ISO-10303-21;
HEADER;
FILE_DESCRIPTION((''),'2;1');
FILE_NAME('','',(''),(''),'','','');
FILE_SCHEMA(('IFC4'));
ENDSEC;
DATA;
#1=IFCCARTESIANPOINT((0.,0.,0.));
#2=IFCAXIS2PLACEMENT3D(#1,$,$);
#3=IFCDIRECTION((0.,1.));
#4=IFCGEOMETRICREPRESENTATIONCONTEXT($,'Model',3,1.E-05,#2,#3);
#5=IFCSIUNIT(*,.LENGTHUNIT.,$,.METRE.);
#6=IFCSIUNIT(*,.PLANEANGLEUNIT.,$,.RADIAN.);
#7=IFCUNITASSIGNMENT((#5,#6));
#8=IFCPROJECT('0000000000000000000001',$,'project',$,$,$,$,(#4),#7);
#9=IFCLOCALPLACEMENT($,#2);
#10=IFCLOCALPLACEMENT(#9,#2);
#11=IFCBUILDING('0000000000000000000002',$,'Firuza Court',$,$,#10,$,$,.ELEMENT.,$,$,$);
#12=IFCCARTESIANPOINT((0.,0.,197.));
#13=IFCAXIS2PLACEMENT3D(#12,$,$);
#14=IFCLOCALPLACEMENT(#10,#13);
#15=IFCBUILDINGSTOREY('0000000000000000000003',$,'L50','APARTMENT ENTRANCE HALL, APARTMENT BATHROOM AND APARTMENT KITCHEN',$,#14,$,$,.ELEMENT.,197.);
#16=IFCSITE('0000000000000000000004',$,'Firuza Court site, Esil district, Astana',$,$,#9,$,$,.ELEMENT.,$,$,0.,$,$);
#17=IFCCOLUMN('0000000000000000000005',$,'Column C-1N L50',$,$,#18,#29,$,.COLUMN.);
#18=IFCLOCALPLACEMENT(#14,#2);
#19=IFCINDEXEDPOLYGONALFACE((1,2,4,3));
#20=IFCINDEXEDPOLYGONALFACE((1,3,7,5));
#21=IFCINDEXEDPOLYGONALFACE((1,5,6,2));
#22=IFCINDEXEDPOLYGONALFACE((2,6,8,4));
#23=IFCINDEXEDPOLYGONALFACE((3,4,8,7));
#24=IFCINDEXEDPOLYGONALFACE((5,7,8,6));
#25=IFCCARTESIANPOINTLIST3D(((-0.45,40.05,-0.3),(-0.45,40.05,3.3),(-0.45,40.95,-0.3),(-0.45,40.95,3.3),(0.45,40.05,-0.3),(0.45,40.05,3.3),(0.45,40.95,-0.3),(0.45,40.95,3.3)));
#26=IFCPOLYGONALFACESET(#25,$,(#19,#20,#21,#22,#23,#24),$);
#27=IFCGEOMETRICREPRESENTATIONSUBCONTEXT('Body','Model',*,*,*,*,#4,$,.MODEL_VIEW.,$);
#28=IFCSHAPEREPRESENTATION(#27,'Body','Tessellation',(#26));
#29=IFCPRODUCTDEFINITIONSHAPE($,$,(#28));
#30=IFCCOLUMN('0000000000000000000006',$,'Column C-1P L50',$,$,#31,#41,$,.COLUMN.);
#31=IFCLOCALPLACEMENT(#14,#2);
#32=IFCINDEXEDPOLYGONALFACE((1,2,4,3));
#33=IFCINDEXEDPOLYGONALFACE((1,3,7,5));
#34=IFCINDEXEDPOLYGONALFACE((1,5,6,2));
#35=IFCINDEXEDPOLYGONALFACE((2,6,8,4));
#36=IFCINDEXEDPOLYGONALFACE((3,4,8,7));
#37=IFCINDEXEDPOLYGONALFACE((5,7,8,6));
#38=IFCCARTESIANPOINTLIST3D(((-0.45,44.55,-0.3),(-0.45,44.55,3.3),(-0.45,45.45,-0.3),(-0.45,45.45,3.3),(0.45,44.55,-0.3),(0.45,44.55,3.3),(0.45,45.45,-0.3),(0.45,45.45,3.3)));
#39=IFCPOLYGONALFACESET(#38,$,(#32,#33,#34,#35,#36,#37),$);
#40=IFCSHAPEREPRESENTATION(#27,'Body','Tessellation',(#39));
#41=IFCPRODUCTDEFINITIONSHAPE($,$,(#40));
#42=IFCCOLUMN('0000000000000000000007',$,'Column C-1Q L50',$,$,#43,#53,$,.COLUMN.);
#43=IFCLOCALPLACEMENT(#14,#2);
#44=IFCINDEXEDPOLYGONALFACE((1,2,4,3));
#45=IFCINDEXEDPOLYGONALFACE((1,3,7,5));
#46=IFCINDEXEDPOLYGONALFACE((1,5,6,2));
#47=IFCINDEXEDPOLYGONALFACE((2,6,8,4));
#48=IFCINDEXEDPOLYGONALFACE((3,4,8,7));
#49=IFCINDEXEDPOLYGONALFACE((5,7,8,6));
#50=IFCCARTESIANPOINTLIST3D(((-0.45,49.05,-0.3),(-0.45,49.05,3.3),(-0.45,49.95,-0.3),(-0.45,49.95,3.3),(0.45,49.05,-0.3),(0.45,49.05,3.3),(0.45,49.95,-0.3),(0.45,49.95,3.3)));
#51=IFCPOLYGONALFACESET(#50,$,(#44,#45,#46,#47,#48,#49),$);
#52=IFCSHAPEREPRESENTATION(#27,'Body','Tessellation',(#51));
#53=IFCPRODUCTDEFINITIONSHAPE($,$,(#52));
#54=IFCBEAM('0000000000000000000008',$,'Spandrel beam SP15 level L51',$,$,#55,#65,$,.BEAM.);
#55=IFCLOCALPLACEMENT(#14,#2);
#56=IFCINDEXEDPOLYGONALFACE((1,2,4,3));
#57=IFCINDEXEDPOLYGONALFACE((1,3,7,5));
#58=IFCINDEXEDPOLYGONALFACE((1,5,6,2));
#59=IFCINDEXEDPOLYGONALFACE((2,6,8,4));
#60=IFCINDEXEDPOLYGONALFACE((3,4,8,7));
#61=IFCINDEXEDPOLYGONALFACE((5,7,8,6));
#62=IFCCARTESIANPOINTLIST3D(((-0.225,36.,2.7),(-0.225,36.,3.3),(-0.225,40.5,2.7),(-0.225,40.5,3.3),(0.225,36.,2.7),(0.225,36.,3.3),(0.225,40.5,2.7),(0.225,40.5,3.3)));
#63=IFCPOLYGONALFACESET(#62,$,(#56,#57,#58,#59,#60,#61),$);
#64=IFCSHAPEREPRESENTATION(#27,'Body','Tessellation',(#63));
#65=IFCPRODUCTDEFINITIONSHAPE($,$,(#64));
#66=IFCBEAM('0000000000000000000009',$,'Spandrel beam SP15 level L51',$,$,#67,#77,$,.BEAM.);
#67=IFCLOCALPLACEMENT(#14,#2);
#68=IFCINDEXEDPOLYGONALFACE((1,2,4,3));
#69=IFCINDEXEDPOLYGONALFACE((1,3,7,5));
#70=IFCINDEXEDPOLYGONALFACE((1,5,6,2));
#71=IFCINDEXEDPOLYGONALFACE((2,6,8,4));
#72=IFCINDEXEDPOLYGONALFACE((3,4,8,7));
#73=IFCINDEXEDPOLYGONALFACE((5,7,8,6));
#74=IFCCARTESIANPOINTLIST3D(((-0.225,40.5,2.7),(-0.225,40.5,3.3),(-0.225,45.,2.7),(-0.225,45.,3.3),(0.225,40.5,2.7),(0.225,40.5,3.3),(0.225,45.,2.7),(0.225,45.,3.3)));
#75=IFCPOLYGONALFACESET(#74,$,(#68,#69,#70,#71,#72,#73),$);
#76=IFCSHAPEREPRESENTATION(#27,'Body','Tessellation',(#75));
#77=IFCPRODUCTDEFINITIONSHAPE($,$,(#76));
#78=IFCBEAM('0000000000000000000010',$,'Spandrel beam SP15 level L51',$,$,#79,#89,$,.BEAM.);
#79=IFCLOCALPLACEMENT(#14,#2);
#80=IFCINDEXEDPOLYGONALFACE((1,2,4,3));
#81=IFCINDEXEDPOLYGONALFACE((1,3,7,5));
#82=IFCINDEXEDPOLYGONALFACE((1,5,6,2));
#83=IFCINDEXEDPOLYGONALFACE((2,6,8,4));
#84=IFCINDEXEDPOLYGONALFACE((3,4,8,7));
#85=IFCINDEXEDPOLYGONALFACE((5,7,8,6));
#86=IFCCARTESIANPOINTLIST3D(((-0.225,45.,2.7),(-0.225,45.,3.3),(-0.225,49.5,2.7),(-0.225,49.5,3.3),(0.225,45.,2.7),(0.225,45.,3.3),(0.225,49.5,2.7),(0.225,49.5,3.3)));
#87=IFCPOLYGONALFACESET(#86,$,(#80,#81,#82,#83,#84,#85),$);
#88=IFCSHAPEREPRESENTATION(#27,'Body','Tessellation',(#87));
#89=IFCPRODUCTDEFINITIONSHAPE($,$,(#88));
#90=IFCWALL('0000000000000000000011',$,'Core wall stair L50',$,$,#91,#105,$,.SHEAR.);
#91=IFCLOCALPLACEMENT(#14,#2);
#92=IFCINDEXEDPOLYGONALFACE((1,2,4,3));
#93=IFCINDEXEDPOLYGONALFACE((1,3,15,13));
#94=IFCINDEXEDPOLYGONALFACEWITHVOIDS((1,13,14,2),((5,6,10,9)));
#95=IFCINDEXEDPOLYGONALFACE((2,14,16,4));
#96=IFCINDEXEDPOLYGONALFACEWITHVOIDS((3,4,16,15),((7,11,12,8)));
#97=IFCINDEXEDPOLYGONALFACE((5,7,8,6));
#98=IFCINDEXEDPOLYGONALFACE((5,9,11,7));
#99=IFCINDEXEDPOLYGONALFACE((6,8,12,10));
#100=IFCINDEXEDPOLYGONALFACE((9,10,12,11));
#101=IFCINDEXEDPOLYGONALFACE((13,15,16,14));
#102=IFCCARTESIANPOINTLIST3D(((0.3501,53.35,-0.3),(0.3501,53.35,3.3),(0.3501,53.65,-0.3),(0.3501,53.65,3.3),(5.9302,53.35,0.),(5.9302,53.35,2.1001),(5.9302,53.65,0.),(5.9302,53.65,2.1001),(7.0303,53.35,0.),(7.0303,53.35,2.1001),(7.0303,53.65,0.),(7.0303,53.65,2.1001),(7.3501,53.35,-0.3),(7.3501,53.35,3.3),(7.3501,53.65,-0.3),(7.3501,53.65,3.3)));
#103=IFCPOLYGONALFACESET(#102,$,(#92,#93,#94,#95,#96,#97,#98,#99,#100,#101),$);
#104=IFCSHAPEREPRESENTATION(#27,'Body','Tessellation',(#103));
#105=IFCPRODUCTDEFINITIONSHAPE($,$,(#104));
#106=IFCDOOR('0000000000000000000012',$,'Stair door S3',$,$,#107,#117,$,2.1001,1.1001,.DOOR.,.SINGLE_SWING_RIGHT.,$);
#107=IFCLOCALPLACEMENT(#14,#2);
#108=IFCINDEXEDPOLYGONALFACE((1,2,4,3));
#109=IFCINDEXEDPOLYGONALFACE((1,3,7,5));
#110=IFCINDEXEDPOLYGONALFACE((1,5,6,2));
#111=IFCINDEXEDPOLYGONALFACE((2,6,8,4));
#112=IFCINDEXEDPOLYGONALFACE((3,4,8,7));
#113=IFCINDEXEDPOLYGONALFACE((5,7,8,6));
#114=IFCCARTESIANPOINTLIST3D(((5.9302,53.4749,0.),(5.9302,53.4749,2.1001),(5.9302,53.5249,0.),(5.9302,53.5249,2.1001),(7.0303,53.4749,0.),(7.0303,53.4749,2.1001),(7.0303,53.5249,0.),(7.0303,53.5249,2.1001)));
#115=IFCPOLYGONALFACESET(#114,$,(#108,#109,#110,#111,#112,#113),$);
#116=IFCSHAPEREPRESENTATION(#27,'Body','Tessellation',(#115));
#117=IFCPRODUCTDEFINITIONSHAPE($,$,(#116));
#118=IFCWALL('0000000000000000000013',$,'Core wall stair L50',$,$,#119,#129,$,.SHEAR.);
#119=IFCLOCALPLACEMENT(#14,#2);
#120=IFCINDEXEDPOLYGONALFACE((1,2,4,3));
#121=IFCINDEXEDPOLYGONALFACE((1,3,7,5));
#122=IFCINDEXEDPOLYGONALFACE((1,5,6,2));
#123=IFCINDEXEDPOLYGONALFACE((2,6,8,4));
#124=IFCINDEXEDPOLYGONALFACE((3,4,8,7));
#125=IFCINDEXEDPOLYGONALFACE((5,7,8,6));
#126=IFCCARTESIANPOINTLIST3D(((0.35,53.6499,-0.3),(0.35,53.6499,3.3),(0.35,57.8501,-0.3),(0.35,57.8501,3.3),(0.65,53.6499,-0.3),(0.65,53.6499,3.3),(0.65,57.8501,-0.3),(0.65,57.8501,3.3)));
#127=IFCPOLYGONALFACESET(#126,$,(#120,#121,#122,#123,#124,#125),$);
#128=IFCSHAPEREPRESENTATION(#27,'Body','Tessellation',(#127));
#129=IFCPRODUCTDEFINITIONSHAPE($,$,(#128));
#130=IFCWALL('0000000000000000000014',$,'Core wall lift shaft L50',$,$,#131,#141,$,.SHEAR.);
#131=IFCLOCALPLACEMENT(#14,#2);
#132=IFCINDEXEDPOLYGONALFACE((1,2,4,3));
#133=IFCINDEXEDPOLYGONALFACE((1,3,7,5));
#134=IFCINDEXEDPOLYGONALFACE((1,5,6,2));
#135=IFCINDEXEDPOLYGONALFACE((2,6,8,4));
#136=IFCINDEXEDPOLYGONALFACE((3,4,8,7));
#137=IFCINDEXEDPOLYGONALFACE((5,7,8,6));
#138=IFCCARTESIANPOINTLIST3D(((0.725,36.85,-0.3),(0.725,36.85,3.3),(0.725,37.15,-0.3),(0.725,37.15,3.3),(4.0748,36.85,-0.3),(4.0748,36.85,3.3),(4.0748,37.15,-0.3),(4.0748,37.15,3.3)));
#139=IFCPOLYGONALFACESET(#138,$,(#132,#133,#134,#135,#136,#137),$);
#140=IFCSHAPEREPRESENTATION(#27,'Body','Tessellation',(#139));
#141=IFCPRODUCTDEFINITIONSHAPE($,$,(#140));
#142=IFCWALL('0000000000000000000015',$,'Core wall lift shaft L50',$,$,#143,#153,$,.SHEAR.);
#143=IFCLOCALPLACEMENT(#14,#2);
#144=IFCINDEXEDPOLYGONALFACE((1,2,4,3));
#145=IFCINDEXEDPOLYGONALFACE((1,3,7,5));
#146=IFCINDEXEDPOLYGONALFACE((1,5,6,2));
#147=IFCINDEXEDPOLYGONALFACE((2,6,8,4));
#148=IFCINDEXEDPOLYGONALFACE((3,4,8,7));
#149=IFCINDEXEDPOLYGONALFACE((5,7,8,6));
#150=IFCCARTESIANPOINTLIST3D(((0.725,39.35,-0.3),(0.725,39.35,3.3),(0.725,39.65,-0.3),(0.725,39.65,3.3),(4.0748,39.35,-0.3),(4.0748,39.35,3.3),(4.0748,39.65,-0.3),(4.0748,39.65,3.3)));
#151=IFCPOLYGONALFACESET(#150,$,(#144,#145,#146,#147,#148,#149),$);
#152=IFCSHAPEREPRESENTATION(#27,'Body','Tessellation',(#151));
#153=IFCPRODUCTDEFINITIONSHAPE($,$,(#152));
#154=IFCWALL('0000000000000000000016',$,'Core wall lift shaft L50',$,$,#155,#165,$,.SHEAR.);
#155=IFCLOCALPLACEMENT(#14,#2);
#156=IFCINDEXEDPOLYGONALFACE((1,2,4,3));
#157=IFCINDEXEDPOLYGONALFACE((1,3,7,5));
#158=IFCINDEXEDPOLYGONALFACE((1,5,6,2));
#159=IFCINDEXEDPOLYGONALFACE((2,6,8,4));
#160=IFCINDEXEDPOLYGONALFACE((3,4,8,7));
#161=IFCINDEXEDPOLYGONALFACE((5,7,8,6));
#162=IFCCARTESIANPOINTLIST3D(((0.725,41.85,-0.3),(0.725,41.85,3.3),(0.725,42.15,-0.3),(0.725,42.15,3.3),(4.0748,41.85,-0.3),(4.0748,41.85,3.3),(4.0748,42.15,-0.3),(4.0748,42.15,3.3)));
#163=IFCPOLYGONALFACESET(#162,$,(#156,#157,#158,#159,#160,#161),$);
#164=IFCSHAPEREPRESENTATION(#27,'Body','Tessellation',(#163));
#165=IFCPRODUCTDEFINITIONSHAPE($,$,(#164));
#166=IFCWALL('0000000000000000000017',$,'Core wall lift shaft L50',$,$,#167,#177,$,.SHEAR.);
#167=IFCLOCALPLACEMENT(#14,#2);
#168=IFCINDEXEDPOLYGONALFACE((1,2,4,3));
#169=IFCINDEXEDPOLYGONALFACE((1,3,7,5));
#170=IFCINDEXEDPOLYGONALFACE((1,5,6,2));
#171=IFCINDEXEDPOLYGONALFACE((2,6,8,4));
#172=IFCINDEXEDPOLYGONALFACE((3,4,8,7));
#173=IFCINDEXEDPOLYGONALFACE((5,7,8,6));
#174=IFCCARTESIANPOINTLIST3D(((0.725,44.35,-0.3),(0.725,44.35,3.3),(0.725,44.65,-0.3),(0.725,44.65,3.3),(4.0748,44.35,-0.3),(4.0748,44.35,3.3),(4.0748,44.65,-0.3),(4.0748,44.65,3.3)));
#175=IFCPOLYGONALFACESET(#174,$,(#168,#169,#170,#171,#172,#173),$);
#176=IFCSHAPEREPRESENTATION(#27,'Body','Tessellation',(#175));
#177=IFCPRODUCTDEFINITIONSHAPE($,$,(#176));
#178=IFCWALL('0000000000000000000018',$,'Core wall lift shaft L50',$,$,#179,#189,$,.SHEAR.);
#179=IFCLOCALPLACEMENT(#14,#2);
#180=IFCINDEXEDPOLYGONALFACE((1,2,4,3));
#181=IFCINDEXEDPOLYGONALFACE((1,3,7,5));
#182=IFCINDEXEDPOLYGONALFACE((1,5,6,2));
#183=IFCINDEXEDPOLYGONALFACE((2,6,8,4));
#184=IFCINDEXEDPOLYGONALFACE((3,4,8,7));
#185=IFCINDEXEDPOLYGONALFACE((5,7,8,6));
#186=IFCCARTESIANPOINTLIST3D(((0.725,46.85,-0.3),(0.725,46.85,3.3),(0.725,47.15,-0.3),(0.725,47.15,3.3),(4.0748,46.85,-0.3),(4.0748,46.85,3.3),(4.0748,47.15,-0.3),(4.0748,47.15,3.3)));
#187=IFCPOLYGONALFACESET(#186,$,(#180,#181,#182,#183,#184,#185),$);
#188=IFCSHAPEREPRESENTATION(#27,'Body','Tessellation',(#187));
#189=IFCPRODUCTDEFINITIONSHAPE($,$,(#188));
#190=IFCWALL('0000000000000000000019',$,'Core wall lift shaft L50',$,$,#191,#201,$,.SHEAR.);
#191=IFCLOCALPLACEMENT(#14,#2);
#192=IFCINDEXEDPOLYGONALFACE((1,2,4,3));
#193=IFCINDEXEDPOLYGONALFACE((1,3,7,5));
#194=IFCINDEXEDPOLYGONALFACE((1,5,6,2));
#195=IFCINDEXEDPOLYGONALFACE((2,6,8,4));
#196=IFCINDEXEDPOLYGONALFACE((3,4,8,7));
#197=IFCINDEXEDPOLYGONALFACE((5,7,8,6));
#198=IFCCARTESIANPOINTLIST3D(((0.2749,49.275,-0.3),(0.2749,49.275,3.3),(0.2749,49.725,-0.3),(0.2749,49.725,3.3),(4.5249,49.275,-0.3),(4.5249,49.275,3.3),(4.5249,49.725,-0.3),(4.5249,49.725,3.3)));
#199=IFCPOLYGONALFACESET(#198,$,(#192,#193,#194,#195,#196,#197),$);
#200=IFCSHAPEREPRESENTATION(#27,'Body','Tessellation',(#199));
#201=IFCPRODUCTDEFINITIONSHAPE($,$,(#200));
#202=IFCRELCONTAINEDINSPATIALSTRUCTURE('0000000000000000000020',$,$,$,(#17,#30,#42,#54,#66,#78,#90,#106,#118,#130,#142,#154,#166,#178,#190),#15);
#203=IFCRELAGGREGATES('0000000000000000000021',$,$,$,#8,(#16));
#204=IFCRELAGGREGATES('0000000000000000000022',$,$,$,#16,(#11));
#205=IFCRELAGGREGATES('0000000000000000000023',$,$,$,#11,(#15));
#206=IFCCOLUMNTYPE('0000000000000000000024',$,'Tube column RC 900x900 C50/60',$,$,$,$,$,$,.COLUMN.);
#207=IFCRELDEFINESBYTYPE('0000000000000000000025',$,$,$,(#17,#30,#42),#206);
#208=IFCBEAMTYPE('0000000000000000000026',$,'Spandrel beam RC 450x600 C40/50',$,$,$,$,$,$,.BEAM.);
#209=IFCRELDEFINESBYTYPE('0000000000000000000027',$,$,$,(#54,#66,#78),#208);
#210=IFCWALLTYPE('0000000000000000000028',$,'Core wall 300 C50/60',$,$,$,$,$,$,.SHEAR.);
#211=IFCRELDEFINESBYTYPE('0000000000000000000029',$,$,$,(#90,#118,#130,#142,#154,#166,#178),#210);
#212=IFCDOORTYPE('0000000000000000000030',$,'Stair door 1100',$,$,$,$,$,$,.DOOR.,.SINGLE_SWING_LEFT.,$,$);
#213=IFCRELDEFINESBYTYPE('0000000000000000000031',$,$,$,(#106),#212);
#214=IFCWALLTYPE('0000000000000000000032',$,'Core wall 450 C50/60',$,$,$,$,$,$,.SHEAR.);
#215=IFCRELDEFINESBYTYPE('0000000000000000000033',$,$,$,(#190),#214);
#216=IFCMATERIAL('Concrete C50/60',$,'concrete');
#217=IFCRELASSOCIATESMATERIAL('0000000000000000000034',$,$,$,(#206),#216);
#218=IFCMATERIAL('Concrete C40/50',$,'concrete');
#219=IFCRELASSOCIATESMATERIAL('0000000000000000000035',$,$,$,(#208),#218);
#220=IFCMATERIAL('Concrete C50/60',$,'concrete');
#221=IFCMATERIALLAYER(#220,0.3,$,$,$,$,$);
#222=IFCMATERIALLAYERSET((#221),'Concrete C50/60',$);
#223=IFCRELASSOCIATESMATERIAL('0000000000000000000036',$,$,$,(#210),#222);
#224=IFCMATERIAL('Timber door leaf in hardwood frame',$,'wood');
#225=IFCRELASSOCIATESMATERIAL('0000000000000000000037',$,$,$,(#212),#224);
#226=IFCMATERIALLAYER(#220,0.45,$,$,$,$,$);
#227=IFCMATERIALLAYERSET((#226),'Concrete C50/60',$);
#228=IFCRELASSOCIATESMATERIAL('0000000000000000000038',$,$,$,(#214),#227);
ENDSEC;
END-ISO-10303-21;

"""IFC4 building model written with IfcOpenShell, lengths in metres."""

from ifc_helpers import new_model, si_unit, direction, frame, frame_2d, origin, origin_2d, place, context, subcontext, project, spatial, rectangle, extrude, material, layer, layer_set, material_profile, profile_set, type_object, element, fill, save


model = new_model("IFC4")

# Units and contexts
model_context = context("Model", 3, precision=1e-05, world=origin(), true_north=direction((0.0, 1.0)))
body_context = subcontext(model_context, "Body", "Model", "MODEL_VIEW")
ifc_project = project(units=[si_unit("LENGTHUNIT", "METRE"), si_unit("PLANEANGLEUNIT", "RADIAN")], contexts=[model_context])

# Site, building, storey
site_placement = place(None, origin())
site = spatial("IfcSite", under=ifc_project, at=site_placement, Name="Firuza Court site, Esil district, Astana", CompositionType="ELEMENT", RefElevation=0.0)
building_placement = place(site_placement, origin())
building = spatial("IfcBuilding", under=site, at=building_placement, Name="Firuza Court", CompositionType="ELEMENT")
storey_placement = place(building_placement, frame((0.0, 0.0, 197.0)))
storey = spatial("IfcBuildingStorey", under=building, at=storey_placement, Name="L50", Description="APARTMENT ENTRANCE HALL, APARTMENT BATHROOM AND APARTMENT KITCHEN", CompositionType="ELEMENT", Elevation=197.0)

# Columns
ifc_material_1 = material(Name="Concrete C50/60", Category="concrete")
ifc_material_profile_1 = material_profile(ifc_material_1, rectangle(XDim=0.8999, YDim=0.8999, at=origin_2d()), Name="RC 900x900")
ifc_profile_set_1 = profile_set([ifc_material_profile_1], Name="Concrete C50/60")
column_type = type_object("IfcColumnType", Name="Tube column RC 900x900 C50/60", PredefinedType="COLUMN", material=ifc_profile_set_1)
for number, where, z_axis, x_axis, name in (
    (1, (0.0, 40.5, -0.3), (0.0, 0.0, 1.0), (1.0, 0.0, 0.0), "Column C-1N L50"),
    (2, (0.0, 45.0, -0.3), (0.0, 0.0, 1.0), (1.0, 0.0, 0.0), "Column C-1P L50"),
    (3, (0.0, 49.5, -0.3), (0.0, 0.0, 1.0), (1.0, 0.0, 0.0), "Column C-1Q L50"),
):
    element("IfcColumn", number, at=place(storey_placement, frame(where, z_axis=z_axis, x_axis=x_axis)), inside=storey, type_object=column_type, Name=name, PredefinedType="COLUMN", context=body_context, shape_type="SweptSolid", body=[
        extrude(rectangle(XDim=0.8999, YDim=0.8999, at=origin_2d()), origin(), (0.0, 0.0, 1.0), 3.6001),
    ])

# Beams
ifc_material_2 = material(Name="Concrete C40/50", Category="concrete")
ifc_material_profile_2 = material_profile(ifc_material_2, rectangle(XDim=0.45, YDim=0.6001, at=origin_2d()), Name="RC 450x600")
ifc_profile_set_2 = profile_set([ifc_material_profile_2], Name="Concrete C40/50")
beam_type = type_object("IfcBeamType", Name="Spandrel beam RC 450x600 C40/50", PredefinedType="BEAM", material=ifc_profile_set_2)
for number, where, z_axis, x_axis, name in (
    (4, (0.0, 40.5, 3.0), (0.0, -1.0, 0.0), (1.0, 0.0, 0.0), "Spandrel beam SP15 level L51"),
    (5, (0.0, 45.0, 3.0), (0.0, -1.0, 0.0), (1.0, 0.0, 0.0), "Spandrel beam SP15 level L51"),
    (6, (0.0, 49.5, 3.0), (0.0, -1.0, 0.0), (1.0, 0.0, 0.0), "Spandrel beam SP15 level L51"),
):
    element("IfcBeam", number, at=place(storey_placement, frame(where, z_axis=z_axis, x_axis=x_axis)), inside=storey, type_object=beam_type, Name=name, PredefinedType="BEAM", context=body_context, shape_type="SweptSolid", body=[
        extrude(rectangle(XDim=0.45, YDim=0.6001, at=origin_2d()), origin(), (0.0, 0.0, 1.0), 4.5),
    ])

# Wall, opening, door
ifc_material_3 = material(Name="Concrete C50/60", Category="concrete")
ifc_layer_1 = layer(ifc_material_3, 0.3)
ifc_layer_set_1 = layer_set([ifc_layer_1], Name="Concrete C50/60")
wall_type_1 = type_object("IfcWallType", Name="Core wall 300 C50/60", PredefinedType="SHEAR", material=ifc_layer_set_1)
wall_1_placement = place(storey_placement, frame((0.3501, 53.5, -0.3), z_axis=(0.0, 0.0, 1.0), x_axis=(1.0, 0.0, 0.0)))
wall_1 = element("IfcWall", 7, at=wall_1_placement, inside=storey, type_object=wall_type_1, Name="Core wall stair L50", PredefinedType="SHEAR", context=body_context, shape_type="SweptSolid", body=[
    extrude(rectangle(XDim=7.0, YDim=0.3, at=frame_2d((3.5, 0.0))), origin(), (0.0, 0.0, 1.0), 3.6001),
])
opening_1_placement = place(wall_1_placement, frame((5.5801, 0.0, 0.3)))
opening_1 = element("IfcOpeningElement", 8, at=opening_1_placement, cuts=wall_1, PredefinedType="OPENING", context=body_context, shape_type="SweptSolid", body=[
    extrude(rectangle(XDim=1.1001, YDim=2.1001, at=frame_2d((0.55, 1.05))), frame((0.0, 0.1621, 0.0), z_axis=(0.0, -1.0, 0.0), x_axis=(1.0, 0.0, 0.0)), (0.0, 0.0, 1.0), 0.324),
])
ifc_material_4 = material(Name="Timber door leaf in hardwood frame", Category="wood")
door_type_1 = type_object("IfcDoorType", Name="Stair door 1100", OperationType="SINGLE_SWING_LEFT", PredefinedType="DOOR", material=ifc_material_4)
door_1_placement = place(opening_1_placement, origin())
door_1 = element("IfcDoor", 9, at=door_1_placement, inside=storey, type_object=door_type_1, Name="Stair door S3", OperationType="SINGLE_SWING_RIGHT", OverallHeight=2.1001, OverallWidth=1.1001, PredefinedType="DOOR", context=body_context, shape_type="SweptSolid", body=[
    extrude(rectangle(XDim=1.1001, YDim=2.1001, at=frame_2d((0.55, 1.05))), frame((0.0, 0.0249, 0.0), z_axis=(0.0, -1.0, 0.0), x_axis=(1.0, 0.0, 0.0)), (0.0, 0.0, 1.0), 0.05),
])
fill(opening_1, door_1)

# Walls
wall_2_placement = place(storey_placement, frame((0.5, 53.6499, -0.3), z_axis=(0.0, 0.0, 1.0), x_axis=(0.0, 1.0, 0.0)))
element("IfcWall", 10, at=wall_2_placement, inside=storey, type_object=wall_type_1, Name="Core wall stair L50", PredefinedType="SHEAR", context=body_context, shape_type="SweptSolid", body=[
    extrude(rectangle(XDim=4.2002, YDim=0.3, at=frame_2d((2.1001, 0.0))), origin(), (0.0, 0.0, 1.0), 3.6001),
])
for number, where, z_axis, x_axis, name in (
    (11, (0.7251, 37.0, -0.3), (0.0, 0.0, 1.0), (1.0, 0.0, 0.0), "Core wall lift shaft L50"),
    (12, (0.7251, 39.5, -0.3), (0.0, 0.0, 1.0), (1.0, 0.0, 0.0), "Core wall lift shaft L50"),
    (13, (0.7251, 42.0, -0.3), (0.0, 0.0, 1.0), (1.0, 0.0, 0.0), "Core wall lift shaft L50"),
    (14, (0.7251, 44.5, -0.3), (0.0, 0.0, 1.0), (1.0, 0.0, 0.0), "Core wall lift shaft L50"),
    (15, (0.7251, 47.0, -0.3), (0.0, 0.0, 1.0), (1.0, 0.0, 0.0), "Core wall lift shaft L50"),
):
    element("IfcWall", number, at=place(storey_placement, frame(where, z_axis=z_axis, x_axis=x_axis)), inside=storey, type_object=wall_type_1, Name=name, PredefinedType="SHEAR", context=body_context, shape_type="SweptSolid", body=[
        extrude(rectangle(XDim=3.3499, YDim=0.3, at=frame_2d((1.6748, 0.0))), origin(), (0.0, 0.0, 1.0), 3.6001),
    ])
ifc_layer_2 = layer(ifc_material_3, 0.45)
ifc_layer_set_2 = layer_set([ifc_layer_2], Name="Concrete C50/60")
wall_type_2 = type_object("IfcWallType", Name="Core wall 450 C50/60", PredefinedType="SHEAR", material=ifc_layer_set_2)
wall_3_placement = place(storey_placement, frame((0.2749, 49.5, -0.3), z_axis=(0.0, 0.0, 1.0), x_axis=(1.0, 0.0, 0.0)))
element("IfcWall", 16, at=wall_3_placement, inside=storey, type_object=wall_type_2, Name="Core wall lift shaft L50", PredefinedType="SHEAR", context=body_context, shape_type="SweptSolid", body=[
    extrude(rectangle(XDim=4.25, YDim=0.45, at=frame_2d((2.125, 0.0))), origin(), (0.0, 0.0, 1.0), 3.6001),
])

save(model, "model.ifc")
